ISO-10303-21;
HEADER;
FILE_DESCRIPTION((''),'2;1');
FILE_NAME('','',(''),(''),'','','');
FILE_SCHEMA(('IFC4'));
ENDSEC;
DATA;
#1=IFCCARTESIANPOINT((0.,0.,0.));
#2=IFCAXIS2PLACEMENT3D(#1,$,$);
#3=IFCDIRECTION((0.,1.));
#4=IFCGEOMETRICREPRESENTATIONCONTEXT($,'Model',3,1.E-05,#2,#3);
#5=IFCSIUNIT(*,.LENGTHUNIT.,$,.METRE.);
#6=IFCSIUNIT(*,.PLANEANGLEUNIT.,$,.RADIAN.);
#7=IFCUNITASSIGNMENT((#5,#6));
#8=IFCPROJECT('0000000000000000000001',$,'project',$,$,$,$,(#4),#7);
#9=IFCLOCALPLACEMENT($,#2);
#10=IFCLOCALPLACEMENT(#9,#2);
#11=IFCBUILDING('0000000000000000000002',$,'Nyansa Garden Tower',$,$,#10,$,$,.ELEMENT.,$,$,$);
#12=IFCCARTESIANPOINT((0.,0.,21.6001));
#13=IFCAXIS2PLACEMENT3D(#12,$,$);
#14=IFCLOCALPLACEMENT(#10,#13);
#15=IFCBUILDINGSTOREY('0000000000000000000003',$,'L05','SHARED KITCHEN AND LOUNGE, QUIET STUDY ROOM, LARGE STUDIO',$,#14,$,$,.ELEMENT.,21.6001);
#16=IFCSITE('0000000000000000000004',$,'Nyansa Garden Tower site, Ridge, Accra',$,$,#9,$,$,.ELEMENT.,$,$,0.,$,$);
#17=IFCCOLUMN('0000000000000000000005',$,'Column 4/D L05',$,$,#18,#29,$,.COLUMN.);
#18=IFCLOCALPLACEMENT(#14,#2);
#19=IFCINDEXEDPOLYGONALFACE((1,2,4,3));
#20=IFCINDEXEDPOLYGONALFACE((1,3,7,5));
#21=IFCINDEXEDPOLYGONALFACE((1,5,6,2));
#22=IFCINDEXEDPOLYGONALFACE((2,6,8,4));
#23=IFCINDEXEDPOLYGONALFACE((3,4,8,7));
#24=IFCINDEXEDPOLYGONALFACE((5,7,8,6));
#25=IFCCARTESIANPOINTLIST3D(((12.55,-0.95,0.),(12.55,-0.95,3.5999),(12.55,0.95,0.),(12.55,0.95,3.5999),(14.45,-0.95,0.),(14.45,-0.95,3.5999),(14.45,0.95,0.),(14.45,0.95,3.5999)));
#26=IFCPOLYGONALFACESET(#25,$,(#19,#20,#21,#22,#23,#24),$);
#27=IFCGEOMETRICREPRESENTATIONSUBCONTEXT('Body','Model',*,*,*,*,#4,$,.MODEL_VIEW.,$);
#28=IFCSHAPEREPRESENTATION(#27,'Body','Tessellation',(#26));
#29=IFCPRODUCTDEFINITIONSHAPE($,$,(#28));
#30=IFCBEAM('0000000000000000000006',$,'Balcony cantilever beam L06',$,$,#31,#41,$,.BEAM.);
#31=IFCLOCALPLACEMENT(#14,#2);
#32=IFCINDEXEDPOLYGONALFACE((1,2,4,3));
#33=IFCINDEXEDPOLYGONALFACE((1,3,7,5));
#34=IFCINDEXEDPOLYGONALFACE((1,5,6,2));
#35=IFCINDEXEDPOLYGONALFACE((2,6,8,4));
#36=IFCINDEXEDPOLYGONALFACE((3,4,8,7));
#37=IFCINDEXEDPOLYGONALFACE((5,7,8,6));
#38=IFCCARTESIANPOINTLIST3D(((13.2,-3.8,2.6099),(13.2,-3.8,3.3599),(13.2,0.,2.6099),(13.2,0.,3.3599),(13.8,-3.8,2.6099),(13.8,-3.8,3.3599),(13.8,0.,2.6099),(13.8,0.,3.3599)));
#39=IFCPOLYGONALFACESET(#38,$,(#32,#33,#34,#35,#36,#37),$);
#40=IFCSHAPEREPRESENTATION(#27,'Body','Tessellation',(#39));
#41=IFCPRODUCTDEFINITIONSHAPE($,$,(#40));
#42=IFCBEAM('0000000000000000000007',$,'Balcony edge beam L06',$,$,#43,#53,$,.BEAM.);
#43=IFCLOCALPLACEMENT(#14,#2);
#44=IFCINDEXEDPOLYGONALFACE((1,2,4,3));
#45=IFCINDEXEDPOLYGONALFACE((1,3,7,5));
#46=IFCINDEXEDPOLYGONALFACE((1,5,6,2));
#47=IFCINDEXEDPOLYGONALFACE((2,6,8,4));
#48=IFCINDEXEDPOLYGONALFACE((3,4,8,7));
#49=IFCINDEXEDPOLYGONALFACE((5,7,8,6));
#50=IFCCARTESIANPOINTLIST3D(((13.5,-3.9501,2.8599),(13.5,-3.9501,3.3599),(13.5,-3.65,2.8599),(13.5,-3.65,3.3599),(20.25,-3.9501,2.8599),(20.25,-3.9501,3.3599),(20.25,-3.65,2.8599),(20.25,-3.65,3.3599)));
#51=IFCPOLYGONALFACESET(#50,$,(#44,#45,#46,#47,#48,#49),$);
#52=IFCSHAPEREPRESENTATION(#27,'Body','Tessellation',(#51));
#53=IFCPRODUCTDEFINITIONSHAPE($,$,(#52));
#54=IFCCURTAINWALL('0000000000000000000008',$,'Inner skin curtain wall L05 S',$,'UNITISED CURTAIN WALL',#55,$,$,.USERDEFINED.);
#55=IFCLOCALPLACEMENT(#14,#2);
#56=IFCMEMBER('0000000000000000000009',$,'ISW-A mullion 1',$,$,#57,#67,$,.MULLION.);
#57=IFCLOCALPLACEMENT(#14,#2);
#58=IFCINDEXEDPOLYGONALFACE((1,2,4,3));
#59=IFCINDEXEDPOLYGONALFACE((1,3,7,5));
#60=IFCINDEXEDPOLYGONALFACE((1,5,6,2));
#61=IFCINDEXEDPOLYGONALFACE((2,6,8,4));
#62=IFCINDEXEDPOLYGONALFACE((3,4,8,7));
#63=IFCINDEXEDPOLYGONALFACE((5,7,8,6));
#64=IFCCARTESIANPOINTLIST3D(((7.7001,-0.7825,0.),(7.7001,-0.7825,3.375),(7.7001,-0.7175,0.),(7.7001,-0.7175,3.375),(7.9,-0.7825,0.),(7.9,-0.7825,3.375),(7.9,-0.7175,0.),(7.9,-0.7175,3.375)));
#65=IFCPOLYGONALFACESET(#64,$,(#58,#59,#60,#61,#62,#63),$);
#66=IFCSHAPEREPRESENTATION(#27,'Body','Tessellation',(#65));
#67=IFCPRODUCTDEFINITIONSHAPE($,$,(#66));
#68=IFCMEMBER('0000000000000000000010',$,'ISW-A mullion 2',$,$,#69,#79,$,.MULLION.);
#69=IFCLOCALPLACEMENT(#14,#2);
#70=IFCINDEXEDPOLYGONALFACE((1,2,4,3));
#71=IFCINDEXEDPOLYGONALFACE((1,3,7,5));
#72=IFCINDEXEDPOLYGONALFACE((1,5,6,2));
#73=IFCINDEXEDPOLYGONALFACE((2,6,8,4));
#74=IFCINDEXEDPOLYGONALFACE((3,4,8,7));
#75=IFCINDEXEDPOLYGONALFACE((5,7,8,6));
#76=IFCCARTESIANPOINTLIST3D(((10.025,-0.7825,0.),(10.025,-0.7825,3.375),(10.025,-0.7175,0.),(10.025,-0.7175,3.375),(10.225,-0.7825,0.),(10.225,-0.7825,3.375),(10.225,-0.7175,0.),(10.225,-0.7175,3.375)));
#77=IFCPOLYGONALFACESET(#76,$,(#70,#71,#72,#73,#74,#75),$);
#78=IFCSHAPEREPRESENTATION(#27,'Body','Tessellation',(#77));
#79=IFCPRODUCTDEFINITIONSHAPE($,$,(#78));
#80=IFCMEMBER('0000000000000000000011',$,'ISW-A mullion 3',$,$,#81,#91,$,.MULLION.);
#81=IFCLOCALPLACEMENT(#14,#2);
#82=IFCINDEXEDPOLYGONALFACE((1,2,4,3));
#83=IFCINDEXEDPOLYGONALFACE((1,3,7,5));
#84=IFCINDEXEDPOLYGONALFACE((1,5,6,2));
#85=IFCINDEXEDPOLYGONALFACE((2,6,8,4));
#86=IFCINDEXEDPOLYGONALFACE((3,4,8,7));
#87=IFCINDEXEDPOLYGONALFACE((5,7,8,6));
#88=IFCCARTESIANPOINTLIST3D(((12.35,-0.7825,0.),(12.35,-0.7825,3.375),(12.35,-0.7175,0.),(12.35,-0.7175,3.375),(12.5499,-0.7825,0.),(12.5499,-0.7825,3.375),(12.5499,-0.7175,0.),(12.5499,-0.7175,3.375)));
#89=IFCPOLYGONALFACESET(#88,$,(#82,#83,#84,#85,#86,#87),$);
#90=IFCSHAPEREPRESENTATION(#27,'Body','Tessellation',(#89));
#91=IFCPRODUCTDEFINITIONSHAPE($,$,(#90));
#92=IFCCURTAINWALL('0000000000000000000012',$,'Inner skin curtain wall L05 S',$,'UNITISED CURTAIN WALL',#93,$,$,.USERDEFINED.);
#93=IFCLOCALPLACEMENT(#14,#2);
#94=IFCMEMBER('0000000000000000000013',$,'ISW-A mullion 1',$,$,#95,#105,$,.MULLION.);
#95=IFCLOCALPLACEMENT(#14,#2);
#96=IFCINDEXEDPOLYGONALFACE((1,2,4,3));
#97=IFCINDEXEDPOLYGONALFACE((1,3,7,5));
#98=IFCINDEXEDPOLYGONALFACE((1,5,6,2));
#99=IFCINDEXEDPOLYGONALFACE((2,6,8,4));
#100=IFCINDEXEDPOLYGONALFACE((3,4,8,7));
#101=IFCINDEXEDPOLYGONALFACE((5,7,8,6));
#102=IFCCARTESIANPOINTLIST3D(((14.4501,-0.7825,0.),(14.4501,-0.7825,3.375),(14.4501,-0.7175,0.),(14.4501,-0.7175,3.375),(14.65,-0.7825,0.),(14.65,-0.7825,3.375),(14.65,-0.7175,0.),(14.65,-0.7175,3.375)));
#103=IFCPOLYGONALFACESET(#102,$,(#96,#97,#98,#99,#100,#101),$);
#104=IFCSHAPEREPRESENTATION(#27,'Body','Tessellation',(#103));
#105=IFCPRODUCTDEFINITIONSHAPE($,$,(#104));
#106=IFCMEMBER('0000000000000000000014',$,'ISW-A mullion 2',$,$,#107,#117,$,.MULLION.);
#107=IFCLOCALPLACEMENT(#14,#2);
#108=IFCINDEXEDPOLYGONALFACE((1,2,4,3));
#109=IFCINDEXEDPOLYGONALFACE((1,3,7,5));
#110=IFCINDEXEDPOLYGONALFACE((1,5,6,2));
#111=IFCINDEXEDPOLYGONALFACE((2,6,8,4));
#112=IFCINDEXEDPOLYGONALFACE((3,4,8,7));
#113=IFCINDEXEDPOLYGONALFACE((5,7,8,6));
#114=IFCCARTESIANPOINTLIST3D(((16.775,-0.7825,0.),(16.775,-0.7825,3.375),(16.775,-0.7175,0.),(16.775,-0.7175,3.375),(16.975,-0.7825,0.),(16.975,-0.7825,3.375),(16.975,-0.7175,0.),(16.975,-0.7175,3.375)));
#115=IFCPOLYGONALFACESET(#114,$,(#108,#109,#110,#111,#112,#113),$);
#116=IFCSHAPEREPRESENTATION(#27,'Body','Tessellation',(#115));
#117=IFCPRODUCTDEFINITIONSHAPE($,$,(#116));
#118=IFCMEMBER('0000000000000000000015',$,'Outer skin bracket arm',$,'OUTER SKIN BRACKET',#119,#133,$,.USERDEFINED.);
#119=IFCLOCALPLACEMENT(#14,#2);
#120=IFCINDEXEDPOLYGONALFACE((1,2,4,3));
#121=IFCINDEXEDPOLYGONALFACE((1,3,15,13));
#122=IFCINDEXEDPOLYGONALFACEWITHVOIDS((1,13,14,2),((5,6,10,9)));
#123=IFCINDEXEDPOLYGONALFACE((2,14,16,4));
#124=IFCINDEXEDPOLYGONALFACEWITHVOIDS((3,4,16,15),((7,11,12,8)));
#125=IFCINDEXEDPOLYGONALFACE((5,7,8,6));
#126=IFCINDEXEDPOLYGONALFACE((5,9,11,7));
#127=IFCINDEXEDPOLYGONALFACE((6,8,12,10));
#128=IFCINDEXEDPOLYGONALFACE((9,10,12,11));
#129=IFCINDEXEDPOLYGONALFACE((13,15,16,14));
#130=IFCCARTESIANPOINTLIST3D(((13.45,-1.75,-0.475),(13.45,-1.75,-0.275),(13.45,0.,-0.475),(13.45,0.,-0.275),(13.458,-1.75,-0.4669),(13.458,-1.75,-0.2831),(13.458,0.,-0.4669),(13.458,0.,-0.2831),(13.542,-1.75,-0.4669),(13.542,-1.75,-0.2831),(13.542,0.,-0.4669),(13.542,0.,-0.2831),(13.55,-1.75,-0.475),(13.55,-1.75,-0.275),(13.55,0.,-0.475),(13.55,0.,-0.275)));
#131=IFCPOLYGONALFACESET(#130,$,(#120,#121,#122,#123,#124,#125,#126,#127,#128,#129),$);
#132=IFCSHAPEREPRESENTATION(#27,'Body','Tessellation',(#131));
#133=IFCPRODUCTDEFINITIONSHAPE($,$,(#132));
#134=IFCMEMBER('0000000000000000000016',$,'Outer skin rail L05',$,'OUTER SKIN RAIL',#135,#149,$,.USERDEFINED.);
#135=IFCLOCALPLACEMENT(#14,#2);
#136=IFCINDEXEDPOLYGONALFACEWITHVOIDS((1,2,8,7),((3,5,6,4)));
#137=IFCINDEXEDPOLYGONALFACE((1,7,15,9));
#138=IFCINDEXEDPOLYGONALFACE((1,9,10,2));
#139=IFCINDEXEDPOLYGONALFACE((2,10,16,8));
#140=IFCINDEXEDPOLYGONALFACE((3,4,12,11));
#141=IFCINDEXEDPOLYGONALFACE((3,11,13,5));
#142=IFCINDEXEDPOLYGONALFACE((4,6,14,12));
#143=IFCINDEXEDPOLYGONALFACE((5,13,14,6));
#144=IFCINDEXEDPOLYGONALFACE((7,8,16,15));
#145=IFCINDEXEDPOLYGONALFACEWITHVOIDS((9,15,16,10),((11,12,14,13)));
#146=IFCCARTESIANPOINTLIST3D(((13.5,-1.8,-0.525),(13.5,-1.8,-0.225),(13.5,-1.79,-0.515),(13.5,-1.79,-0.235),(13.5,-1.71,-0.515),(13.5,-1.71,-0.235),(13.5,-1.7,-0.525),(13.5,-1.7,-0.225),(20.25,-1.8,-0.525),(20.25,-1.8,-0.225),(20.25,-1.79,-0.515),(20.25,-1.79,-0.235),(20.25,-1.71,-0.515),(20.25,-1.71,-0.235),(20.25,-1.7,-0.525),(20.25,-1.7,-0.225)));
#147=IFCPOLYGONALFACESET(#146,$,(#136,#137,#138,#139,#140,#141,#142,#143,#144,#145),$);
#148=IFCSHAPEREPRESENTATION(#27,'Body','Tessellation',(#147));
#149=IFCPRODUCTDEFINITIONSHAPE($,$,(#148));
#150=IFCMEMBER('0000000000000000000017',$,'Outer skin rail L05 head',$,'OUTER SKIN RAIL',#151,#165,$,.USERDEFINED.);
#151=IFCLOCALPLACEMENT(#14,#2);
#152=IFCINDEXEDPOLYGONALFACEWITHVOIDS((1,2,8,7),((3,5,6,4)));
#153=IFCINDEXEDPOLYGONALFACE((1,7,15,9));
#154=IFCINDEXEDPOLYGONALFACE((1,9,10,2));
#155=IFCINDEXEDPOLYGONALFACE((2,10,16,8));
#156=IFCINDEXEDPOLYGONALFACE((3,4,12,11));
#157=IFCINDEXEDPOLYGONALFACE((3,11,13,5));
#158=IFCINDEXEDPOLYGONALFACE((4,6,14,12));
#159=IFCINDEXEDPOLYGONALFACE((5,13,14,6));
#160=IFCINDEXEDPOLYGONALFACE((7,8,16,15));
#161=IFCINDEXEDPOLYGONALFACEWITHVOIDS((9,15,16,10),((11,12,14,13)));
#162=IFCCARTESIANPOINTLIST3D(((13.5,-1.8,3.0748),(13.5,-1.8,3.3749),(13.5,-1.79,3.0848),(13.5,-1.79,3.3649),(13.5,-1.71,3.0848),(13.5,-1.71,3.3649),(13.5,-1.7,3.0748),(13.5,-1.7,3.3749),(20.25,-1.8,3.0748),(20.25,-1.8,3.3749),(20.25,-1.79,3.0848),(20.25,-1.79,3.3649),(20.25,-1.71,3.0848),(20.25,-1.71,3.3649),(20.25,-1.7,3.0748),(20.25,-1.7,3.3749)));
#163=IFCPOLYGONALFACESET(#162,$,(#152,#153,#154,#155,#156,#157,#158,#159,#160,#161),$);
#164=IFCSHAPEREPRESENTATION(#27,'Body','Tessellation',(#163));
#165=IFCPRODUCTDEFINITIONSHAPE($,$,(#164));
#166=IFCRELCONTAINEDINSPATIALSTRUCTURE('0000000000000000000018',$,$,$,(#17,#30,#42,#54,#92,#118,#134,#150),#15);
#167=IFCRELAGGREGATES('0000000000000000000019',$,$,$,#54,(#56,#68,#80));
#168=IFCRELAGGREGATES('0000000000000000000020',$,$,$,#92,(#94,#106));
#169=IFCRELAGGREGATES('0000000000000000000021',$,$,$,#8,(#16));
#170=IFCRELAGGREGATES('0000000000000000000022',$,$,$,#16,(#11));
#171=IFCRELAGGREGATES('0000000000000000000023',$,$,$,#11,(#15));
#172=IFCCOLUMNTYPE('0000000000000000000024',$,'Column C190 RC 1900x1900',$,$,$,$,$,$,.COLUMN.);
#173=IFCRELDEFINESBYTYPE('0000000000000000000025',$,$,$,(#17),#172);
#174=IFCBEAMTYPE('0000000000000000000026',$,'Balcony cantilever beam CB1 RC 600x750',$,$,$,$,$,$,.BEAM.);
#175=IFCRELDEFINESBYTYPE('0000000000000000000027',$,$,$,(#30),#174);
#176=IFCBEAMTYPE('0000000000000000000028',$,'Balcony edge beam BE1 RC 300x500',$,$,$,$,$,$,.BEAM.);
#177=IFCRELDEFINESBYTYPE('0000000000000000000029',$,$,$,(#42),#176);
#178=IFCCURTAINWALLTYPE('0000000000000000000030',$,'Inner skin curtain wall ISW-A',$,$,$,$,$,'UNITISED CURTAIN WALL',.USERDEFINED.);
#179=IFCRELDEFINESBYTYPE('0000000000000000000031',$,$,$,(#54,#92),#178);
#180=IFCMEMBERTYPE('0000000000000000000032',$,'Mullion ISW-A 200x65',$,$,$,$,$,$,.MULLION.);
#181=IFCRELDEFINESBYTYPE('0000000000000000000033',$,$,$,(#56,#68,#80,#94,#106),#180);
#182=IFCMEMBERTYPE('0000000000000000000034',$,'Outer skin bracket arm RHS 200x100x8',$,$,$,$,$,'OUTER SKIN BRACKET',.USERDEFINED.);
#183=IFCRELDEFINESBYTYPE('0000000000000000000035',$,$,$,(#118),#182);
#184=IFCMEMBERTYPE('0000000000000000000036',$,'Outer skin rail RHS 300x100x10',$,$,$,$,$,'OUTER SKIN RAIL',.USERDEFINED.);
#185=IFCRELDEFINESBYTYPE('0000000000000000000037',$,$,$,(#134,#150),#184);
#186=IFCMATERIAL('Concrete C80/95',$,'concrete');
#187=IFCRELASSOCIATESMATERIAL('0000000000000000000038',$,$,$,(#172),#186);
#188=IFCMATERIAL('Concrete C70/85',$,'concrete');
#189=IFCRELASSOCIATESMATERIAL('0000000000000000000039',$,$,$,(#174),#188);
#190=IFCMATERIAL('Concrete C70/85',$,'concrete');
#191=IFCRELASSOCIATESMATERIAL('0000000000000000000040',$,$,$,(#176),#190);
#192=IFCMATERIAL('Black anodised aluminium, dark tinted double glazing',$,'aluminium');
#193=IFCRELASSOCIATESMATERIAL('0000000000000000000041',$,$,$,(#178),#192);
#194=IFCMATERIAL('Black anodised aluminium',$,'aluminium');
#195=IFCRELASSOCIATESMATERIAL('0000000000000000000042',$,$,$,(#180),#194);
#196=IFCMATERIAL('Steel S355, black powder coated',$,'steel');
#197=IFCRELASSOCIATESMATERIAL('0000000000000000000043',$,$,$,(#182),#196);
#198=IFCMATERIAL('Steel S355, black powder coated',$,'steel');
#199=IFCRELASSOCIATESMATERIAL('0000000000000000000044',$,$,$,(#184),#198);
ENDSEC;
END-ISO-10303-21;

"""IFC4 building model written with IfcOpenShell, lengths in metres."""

from ifc_helpers import new_model, si_unit, direction, frame, origin, origin_2d, place, context, subcontext, project, spatial, rectangle, hollow_rectangle, extrude, material, material_profile, profile_set, type_object, element, aggregate, save


model = new_model("IFC4")

# Units and contexts
model_context = context("Model", 3, precision=1e-05, world=origin(), true_north=direction((0.0, 1.0)))
body_context = subcontext(model_context, "Body", "Model", "MODEL_VIEW")
ifc_project = project(units=[si_unit("LENGTHUNIT", "METRE"), si_unit("PLANEANGLEUNIT", "RADIAN")], contexts=[model_context])

# Site, building, storey
site_placement = place(None, origin())
site = spatial("IfcSite", under=ifc_project, at=site_placement, Name="Nyansa Garden Tower site, Ridge, Accra", CompositionType="ELEMENT", RefElevation=0.0)
building_placement = place(site_placement, origin())
building = spatial("IfcBuilding", under=site, at=building_placement, Name="Nyansa Garden Tower", CompositionType="ELEMENT")
storey_placement = place(building_placement, frame((0.0, 0.0, 21.6001)))
storey = spatial("IfcBuildingStorey", under=building, at=storey_placement, Name="L05", Description="SHARED KITCHEN AND LOUNGE, QUIET STUDY ROOM, LARGE STUDIO", CompositionType="ELEMENT", Elevation=21.6001)

# Column
ifc_material_1 = material(Name="Concrete C80/95", Category="concrete")
ifc_material_profile_1 = material_profile(ifc_material_1, rectangle(XDim=1.8999, YDim=1.8999, at=origin_2d()), Name="RC 1900x1900")
ifc_profile_set_1 = profile_set([ifc_material_profile_1], Name="Concrete C80/95")
column_type = type_object("IfcColumnType", Name="Column C190 RC 1900x1900", PredefinedType="COLUMN", material=ifc_profile_set_1)
column_placement = place(storey_placement, frame((13.5, 0.0, 0.0), z_axis=(0.0, 0.0, 1.0), x_axis=(1.0, 0.0, 0.0)))
element("IfcColumn", 1, at=column_placement, inside=storey, type_object=column_type, Name="Column 4/D L05", PredefinedType="COLUMN", context=body_context, shape_type="SweptSolid", body=[
    extrude(rectangle(XDim=1.8999, YDim=1.8999, at=origin_2d()), origin(), (0.0, 0.0, 1.0), 3.5999),
])

# Beams
ifc_material_2 = material(Name="Concrete C70/85", Category="concrete")
ifc_material_profile_2 = material_profile(ifc_material_2, rectangle(XDim=0.6001, YDim=0.75, at=origin_2d()), Name="RC 600x750")
ifc_profile_set_2 = profile_set([ifc_material_profile_2], Name="Concrete C70/85")
beam_type_1 = type_object("IfcBeamType", Name="Balcony cantilever beam CB1 RC 600x750", PredefinedType="BEAM", material=ifc_profile_set_2)
beam_1_placement = place(storey_placement, frame((13.5, 0.0, 2.9849), z_axis=(0.0, -1.0, 0.0), x_axis=(1.0, 0.0, 0.0)))
element("IfcBeam", 2, at=beam_1_placement, inside=storey, type_object=beam_type_1, Name="Balcony cantilever beam L06", PredefinedType="BEAM", context=body_context, shape_type="SweptSolid", body=[
    extrude(rectangle(XDim=0.6001, YDim=0.75, at=origin_2d()), origin(), (0.0, 0.0, 1.0), 3.8),
])
ifc_material_3 = material(Name="Concrete C70/85", Category="concrete")
ifc_material_profile_3 = material_profile(ifc_material_3, rectangle(XDim=0.3, YDim=0.5, at=origin_2d()), Name="RC 300x500")
ifc_profile_set_3 = profile_set([ifc_material_profile_3], Name="Concrete C70/85")
beam_type_2 = type_object("IfcBeamType", Name="Balcony edge beam BE1 RC 300x500", PredefinedType="BEAM", material=ifc_profile_set_3)
beam_2_placement = place(storey_placement, frame((13.5, -3.8, 3.1099), z_axis=(1.0, 0.0, 0.0), x_axis=(0.0, 1.0, 0.0)))
element("IfcBeam", 3, at=beam_2_placement, inside=storey, type_object=beam_type_2, Name="Balcony edge beam L06", PredefinedType="BEAM", context=body_context, shape_type="SweptSolid", body=[
    extrude(rectangle(XDim=0.3, YDim=0.5, at=origin_2d()), origin(), (0.0, 0.0, 1.0), 6.75),
])

# Curtain walls, members
ifc_material_4 = material(Name="Black anodised aluminium, dark tinted double glazing", Category="aluminium")
curtain_wall_type = type_object("IfcCurtainWallType", Name="Inner skin curtain wall ISW-A", ElementType="UNITISED CURTAIN WALL", PredefinedType="USERDEFINED", material=ifc_material_4)
curtain_wall_1_placement = place(storey_placement, origin())
curtain_wall_1 = element("IfcCurtainWall", 4, at=curtain_wall_1_placement, inside=storey, type_object=curtain_wall_type, Name="Inner skin curtain wall L05 S", ObjectType="UNITISED CURTAIN WALL", PredefinedType="USERDEFINED")
ifc_material_5 = material(Name="Black anodised aluminium", Category="aluminium")
ifc_material_profile_4 = material_profile(ifc_material_5, rectangle(XDim=0.0649, YDim=0.2, at=origin_2d()), Name="Mullion 200x65")
ifc_profile_set_4 = profile_set([ifc_material_profile_4], Name="Black anodised aluminium")
member_type_1 = type_object("IfcMemberType", Name="Mullion ISW-A 200x65", PredefinedType="MULLION", material=ifc_profile_set_4)
member_1_placement = place(storey_placement, frame((7.8, -0.75, 0.0), z_axis=(0.0, 0.0, 1.0), x_axis=(0.0, 1.0, 0.0)))
member_1 = element("IfcMember", 5, at=member_1_placement, type_object=member_type_1, Name="ISW-A mullion 1", PredefinedType="MULLION", context=body_context, shape_type="SweptSolid", body=[
    extrude(rectangle(XDim=0.0649, YDim=0.2, at=origin_2d()), origin(), (0.0, 0.0, 1.0), 3.375),
])
member_2_placement = place(storey_placement, frame((10.125, -0.75, 0.0), z_axis=(0.0, 0.0, 1.0), x_axis=(0.0, 1.0, 0.0)))
member_2 = element("IfcMember", 6, at=member_2_placement, type_object=member_type_1, Name="ISW-A mullion 2", PredefinedType="MULLION", context=body_context, shape_type="SweptSolid", body=[
    extrude(rectangle(XDim=0.0649, YDim=0.2, at=origin_2d()), origin(), (0.0, 0.0, 1.0), 3.375),
])
member_3_placement = place(storey_placement, frame((12.45, -0.75, 0.0), z_axis=(0.0, 0.0, 1.0), x_axis=(0.0, 1.0, 0.0)))
member_3 = element("IfcMember", 7, at=member_3_placement, type_object=member_type_1, Name="ISW-A mullion 3", PredefinedType="MULLION", context=body_context, shape_type="SweptSolid", body=[
    extrude(rectangle(XDim=0.0649, YDim=0.2, at=origin_2d()), origin(), (0.0, 0.0, 1.0), 3.375),
])
curtain_wall_2_placement = place(storey_placement, origin())
curtain_wall_2 = element("IfcCurtainWall", 8, at=curtain_wall_2_placement, inside=storey, type_object=curtain_wall_type, Name="Inner skin curtain wall L05 S", ObjectType="UNITISED CURTAIN WALL", PredefinedType="USERDEFINED")
member_4_placement = place(storey_placement, frame((14.55, -0.75, 0.0), z_axis=(0.0, 0.0, 1.0), x_axis=(0.0, 1.0, 0.0)))
member_4 = element("IfcMember", 9, at=member_4_placement, type_object=member_type_1, Name="ISW-A mullion 1", PredefinedType="MULLION", context=body_context, shape_type="SweptSolid", body=[
    extrude(rectangle(XDim=0.0649, YDim=0.2, at=origin_2d()), origin(), (0.0, 0.0, 1.0), 3.375),
])
member_5_placement = place(storey_placement, frame((16.875, -0.75, 0.0), z_axis=(0.0, 0.0, 1.0), x_axis=(0.0, 1.0, 0.0)))
member_5 = element("IfcMember", 10, at=member_5_placement, type_object=member_type_1, Name="ISW-A mullion 2", PredefinedType="MULLION", context=body_context, shape_type="SweptSolid", body=[
    extrude(rectangle(XDim=0.0649, YDim=0.2, at=origin_2d()), origin(), (0.0, 0.0, 1.0), 3.375),
])

# Members
ifc_material_6 = material(Name="Steel S355, black powder coated", Category="steel")
ifc_material_profile_5 = material_profile(ifc_material_6, hollow_rectangle(XDim=0.1001, YDim=0.2, WallThickness=0.0081, at=origin_2d()), Name="RHS 200x100x8")
ifc_profile_set_5 = profile_set([ifc_material_profile_5], Name="Steel S355, black powder coated")
member_type_2 = type_object("IfcMemberType", Name="Outer skin bracket arm RHS 200x100x8", ElementType="OUTER SKIN BRACKET", PredefinedType="USERDEFINED", material=ifc_profile_set_5)
member_6_placement = place(storey_placement, frame((13.5, 0.0, -0.375), z_axis=(0.0, -1.0, 0.0), x_axis=(1.0, 0.0, 0.0)))
element("IfcMember", 11, at=member_6_placement, inside=storey, type_object=member_type_2, Name="Outer skin bracket arm", ObjectType="OUTER SKIN BRACKET", PredefinedType="USERDEFINED", context=body_context, shape_type="SweptSolid", body=[
    extrude(hollow_rectangle(XDim=0.1001, YDim=0.2, WallThickness=0.0081, at=origin_2d()), origin(), (0.0, 0.0, 1.0), 1.75),
])
ifc_material_7 = material(Name="Steel S355, black powder coated", Category="steel")
ifc_material_profile_6 = material_profile(ifc_material_7, hollow_rectangle(XDim=0.1001, YDim=0.3, WallThickness=0.01, at=origin_2d()), Name="RHS 300x100x10")
ifc_profile_set_6 = profile_set([ifc_material_profile_6], Name="Steel S355, black powder coated")
member_type_3 = type_object("IfcMemberType", Name="Outer skin rail RHS 300x100x10", ElementType="OUTER SKIN RAIL", PredefinedType="USERDEFINED", material=ifc_profile_set_6)
for number, where, z_axis, x_axis, name in (
    (12, (13.5, -1.75, -0.375), (1.0, 0.0, 0.0), (0.0, 1.0, 0.0), "Outer skin rail L05"),
    (13, (13.5, -1.75, 3.2249), (1.0, 0.0, 0.0), (0.0, 1.0, 0.0), "Outer skin rail L05 head"),
):
    element("IfcMember", number, at=place(storey_placement, frame(where, z_axis=z_axis, x_axis=x_axis)), inside=storey, type_object=member_type_3, Name=name, ObjectType="OUTER SKIN RAIL", PredefinedType="USERDEFINED", context=body_context, shape_type="SweptSolid", body=[
        extrude(hollow_rectangle(XDim=0.1001, YDim=0.3, WallThickness=0.01, at=origin_2d()), origin(), (0.0, 0.0, 1.0), 6.75),
    ])

aggregate(curtain_wall_1, [member_1, member_2, member_3])
aggregate(curtain_wall_2, [member_4, member_5])

save(model, "model.ifc")
